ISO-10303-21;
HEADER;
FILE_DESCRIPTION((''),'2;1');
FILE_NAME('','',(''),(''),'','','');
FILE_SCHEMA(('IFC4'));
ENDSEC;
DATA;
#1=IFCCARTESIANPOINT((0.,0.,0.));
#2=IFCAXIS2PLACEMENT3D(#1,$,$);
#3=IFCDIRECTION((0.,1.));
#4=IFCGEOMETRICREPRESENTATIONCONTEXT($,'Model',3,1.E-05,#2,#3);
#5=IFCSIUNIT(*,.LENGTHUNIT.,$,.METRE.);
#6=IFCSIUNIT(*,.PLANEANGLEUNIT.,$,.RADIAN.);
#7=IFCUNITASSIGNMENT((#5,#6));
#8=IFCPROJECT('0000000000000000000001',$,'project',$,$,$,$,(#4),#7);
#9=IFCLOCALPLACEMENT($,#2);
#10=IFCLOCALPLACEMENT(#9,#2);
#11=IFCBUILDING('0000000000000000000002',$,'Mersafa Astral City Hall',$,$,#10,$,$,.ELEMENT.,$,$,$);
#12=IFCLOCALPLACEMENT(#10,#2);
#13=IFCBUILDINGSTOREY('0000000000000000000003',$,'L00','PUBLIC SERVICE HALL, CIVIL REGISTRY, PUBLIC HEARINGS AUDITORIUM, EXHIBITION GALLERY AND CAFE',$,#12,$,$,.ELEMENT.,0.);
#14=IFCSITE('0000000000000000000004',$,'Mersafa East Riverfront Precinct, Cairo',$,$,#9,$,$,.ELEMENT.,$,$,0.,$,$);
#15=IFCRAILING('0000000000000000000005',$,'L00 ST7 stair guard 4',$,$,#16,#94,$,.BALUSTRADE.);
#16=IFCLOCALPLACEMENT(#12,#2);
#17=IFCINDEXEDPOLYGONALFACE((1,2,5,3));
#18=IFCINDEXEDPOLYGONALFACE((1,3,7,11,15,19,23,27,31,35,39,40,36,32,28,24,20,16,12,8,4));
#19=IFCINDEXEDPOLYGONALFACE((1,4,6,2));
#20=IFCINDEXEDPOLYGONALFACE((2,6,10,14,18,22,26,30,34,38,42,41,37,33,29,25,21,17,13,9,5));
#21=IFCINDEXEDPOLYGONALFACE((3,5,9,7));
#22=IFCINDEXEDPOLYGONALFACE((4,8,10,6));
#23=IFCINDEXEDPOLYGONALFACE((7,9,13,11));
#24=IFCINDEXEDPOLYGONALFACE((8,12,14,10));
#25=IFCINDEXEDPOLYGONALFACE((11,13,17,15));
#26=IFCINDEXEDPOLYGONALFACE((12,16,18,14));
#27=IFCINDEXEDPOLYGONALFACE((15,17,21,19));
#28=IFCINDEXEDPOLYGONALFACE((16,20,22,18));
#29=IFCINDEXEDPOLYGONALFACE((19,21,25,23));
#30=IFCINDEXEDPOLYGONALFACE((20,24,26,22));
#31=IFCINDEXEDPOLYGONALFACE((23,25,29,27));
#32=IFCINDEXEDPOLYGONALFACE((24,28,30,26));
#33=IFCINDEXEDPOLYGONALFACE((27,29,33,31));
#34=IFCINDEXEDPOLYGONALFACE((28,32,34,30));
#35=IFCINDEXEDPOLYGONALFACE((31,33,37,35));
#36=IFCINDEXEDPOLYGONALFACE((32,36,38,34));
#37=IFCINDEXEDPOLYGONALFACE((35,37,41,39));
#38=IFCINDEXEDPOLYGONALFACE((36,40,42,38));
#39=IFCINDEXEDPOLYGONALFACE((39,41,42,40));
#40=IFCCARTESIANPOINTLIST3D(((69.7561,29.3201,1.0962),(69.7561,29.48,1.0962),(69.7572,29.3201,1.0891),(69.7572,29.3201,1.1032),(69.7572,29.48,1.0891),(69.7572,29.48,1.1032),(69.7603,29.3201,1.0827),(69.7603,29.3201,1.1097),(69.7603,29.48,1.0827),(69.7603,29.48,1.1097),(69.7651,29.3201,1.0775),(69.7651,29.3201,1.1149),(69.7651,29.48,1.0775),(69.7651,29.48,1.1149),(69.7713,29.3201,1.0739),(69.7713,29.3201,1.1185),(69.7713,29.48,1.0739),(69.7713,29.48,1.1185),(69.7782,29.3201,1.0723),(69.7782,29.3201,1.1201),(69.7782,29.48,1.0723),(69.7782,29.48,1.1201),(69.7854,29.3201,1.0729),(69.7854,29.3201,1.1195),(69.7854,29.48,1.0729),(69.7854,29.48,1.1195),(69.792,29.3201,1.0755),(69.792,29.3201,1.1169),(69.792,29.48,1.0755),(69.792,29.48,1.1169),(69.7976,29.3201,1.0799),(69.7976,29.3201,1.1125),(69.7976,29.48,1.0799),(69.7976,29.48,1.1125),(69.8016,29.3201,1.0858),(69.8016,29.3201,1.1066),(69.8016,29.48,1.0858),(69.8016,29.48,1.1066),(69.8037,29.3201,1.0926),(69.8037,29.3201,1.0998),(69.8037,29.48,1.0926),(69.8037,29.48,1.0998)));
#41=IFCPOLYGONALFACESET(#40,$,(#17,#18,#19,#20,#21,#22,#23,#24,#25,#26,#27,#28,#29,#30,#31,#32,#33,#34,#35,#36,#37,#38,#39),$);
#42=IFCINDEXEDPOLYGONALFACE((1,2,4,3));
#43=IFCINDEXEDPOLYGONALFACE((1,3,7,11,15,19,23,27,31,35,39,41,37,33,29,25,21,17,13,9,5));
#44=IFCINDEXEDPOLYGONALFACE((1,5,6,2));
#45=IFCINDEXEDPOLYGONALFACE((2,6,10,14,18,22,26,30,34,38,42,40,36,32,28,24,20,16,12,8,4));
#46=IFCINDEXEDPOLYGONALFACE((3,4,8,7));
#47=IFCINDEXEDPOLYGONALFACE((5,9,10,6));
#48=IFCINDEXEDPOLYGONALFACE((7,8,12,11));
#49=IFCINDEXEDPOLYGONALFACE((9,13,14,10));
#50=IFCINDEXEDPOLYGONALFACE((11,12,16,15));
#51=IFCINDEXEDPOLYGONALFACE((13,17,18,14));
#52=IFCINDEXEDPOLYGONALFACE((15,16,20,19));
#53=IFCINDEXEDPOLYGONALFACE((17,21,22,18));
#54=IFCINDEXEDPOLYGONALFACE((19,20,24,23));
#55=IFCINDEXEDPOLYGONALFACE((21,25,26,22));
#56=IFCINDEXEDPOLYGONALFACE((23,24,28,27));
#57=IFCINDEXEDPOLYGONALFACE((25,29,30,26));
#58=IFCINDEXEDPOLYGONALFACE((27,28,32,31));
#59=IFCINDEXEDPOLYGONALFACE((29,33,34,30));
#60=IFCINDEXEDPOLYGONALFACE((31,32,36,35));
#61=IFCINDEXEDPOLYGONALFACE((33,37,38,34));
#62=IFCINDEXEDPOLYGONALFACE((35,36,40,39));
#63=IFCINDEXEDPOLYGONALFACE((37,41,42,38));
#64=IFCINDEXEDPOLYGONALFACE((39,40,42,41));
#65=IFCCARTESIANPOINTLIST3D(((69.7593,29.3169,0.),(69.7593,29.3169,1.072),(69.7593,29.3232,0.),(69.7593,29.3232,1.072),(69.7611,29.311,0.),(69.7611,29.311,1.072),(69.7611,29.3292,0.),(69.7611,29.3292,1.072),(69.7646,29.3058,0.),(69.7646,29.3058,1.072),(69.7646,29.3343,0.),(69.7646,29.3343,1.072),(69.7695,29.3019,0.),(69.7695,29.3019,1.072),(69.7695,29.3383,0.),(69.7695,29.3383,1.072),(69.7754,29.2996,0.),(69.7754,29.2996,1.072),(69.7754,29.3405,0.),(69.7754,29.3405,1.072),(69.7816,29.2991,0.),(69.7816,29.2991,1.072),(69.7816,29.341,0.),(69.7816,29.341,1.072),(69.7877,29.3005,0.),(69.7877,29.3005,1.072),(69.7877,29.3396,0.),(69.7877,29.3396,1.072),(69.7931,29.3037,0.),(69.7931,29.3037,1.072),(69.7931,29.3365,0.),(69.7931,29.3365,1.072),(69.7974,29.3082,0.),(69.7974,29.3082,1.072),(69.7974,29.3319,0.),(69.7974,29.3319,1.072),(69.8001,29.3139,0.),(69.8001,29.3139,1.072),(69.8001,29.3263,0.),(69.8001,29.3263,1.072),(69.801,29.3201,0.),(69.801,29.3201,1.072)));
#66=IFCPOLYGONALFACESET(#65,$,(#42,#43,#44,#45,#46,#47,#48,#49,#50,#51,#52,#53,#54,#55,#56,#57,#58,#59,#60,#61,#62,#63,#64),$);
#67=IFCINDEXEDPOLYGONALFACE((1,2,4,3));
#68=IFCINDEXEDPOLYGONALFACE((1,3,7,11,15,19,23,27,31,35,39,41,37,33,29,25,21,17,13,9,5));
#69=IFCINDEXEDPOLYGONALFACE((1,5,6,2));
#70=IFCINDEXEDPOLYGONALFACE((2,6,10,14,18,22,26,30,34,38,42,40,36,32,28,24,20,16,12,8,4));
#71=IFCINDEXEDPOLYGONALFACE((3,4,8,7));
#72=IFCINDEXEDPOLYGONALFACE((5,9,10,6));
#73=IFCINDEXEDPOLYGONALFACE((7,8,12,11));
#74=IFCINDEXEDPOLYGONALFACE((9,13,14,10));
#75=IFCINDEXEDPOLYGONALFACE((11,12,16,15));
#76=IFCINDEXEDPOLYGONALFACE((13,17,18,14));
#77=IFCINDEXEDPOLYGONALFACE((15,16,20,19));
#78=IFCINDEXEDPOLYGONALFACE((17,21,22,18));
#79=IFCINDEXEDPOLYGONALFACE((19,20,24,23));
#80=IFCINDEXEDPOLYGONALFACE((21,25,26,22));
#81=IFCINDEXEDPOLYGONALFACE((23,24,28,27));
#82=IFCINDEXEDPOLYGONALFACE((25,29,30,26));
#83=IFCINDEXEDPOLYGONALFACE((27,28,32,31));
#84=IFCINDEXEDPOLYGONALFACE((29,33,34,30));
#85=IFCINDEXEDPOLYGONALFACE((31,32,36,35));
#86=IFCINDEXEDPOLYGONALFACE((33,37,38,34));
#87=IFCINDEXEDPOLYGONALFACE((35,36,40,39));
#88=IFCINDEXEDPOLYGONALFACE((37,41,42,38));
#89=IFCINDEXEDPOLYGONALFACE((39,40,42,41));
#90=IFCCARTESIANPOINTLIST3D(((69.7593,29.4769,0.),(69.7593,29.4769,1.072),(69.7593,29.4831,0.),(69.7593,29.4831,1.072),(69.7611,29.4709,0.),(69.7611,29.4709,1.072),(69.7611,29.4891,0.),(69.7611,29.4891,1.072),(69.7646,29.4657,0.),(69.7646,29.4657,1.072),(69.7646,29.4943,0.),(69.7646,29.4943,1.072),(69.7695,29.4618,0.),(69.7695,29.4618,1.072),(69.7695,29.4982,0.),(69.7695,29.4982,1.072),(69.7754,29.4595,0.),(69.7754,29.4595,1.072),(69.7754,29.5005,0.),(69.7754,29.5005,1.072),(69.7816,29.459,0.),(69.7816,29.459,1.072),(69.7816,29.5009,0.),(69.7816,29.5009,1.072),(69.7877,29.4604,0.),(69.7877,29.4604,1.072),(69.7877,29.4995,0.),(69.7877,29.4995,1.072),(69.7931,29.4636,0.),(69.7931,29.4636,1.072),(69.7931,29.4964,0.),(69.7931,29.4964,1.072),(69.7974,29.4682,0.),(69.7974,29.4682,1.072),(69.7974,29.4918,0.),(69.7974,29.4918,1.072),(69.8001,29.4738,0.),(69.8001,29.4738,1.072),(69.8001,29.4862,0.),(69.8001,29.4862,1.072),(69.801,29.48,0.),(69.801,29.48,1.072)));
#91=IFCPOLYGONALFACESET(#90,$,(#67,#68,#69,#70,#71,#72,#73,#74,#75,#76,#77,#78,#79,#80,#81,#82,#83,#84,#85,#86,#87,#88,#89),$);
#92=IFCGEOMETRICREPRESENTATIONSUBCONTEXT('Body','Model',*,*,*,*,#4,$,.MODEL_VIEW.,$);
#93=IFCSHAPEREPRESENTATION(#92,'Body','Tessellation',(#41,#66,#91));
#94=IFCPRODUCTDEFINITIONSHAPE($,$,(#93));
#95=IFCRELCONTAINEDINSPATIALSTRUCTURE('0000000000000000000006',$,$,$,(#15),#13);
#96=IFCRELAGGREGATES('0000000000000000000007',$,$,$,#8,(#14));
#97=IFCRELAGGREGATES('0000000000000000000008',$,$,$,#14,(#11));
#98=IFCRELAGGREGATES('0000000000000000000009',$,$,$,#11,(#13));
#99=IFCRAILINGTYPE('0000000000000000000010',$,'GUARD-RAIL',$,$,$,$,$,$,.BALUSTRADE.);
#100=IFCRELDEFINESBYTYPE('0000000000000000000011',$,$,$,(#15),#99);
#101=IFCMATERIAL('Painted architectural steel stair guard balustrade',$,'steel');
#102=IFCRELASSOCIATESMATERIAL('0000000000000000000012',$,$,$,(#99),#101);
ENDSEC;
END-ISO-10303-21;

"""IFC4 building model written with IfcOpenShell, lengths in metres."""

from ifc_helpers import new_model, si_unit, direction, frame, origin, origin_2d, place, context, subcontext, project, spatial, circle, extrude, material, type_object, element, save


model = new_model("IFC4")

# Units and contexts
model_context = context("Model", 3, precision=1e-05, world=origin(), true_north=direction((0.0, 1.0)))
body_context = subcontext(model_context, "Body", "Model", "MODEL_VIEW")
ifc_project = project(units=[si_unit("LENGTHUNIT", "METRE"), si_unit("PLANEANGLEUNIT", "RADIAN")], contexts=[model_context])

# Site, building, storey
site_placement = place(None, origin())
site = spatial("IfcSite", under=ifc_project, at=site_placement, Name="Mersafa East Riverfront Precinct, Cairo", CompositionType="ELEMENT", RefElevation=0.0)
building_placement = place(site_placement, origin())
building = spatial("IfcBuilding", under=site, at=building_placement, Name="Mersafa Astral City Hall", CompositionType="ELEMENT")
storey_placement = place(building_placement, origin())
storey = spatial("IfcBuildingStorey", under=building, at=storey_placement, Name="L00", Description="PUBLIC SERVICE HALL, CIVIL REGISTRY, PUBLIC HEARINGS AUDITORIUM, EXHIBITION GALLERY AND CAFE", CompositionType="ELEMENT", Elevation=0.0)

# Railing
ifc_material_1 = material(Name="Painted architectural steel stair guard balustrade", Category="steel")
railing_type_1 = type_object("IfcRailingType", Name="GUARD-RAIL", PredefinedType="BALUSTRADE", material=ifc_material_1)
railing_1_placement = place(storey_placement, frame((69.78, 29.3201, 0.0)))
element("IfcRailing", 1, at=railing_1_placement, inside=storey, type_object=railing_type_1, Name="L00 ST7 stair guard 4", PredefinedType="BALUSTRADE", context=body_context, shape_type="SweptSolid", body=[
    extrude(circle(Radius=0.0239, at=origin_2d()), frame((0.0, 0.0, 1.0962), z_axis=(0.0, 1.0, 0.0), x_axis=(-1.0, 0.0, 0.0)), (0.0, 0.0, 1.0), 0.1599),
    extrude(circle(Radius=0.021, at=origin_2d()), origin(), (0.0, 0.0, 1.0), 1.072),
    extrude(circle(Radius=0.021, at=origin_2d()), frame((0.0, 0.1599, 0.0)), (0.0, 0.0, 1.0), 1.072),
])

save(model, "model.ifc")
